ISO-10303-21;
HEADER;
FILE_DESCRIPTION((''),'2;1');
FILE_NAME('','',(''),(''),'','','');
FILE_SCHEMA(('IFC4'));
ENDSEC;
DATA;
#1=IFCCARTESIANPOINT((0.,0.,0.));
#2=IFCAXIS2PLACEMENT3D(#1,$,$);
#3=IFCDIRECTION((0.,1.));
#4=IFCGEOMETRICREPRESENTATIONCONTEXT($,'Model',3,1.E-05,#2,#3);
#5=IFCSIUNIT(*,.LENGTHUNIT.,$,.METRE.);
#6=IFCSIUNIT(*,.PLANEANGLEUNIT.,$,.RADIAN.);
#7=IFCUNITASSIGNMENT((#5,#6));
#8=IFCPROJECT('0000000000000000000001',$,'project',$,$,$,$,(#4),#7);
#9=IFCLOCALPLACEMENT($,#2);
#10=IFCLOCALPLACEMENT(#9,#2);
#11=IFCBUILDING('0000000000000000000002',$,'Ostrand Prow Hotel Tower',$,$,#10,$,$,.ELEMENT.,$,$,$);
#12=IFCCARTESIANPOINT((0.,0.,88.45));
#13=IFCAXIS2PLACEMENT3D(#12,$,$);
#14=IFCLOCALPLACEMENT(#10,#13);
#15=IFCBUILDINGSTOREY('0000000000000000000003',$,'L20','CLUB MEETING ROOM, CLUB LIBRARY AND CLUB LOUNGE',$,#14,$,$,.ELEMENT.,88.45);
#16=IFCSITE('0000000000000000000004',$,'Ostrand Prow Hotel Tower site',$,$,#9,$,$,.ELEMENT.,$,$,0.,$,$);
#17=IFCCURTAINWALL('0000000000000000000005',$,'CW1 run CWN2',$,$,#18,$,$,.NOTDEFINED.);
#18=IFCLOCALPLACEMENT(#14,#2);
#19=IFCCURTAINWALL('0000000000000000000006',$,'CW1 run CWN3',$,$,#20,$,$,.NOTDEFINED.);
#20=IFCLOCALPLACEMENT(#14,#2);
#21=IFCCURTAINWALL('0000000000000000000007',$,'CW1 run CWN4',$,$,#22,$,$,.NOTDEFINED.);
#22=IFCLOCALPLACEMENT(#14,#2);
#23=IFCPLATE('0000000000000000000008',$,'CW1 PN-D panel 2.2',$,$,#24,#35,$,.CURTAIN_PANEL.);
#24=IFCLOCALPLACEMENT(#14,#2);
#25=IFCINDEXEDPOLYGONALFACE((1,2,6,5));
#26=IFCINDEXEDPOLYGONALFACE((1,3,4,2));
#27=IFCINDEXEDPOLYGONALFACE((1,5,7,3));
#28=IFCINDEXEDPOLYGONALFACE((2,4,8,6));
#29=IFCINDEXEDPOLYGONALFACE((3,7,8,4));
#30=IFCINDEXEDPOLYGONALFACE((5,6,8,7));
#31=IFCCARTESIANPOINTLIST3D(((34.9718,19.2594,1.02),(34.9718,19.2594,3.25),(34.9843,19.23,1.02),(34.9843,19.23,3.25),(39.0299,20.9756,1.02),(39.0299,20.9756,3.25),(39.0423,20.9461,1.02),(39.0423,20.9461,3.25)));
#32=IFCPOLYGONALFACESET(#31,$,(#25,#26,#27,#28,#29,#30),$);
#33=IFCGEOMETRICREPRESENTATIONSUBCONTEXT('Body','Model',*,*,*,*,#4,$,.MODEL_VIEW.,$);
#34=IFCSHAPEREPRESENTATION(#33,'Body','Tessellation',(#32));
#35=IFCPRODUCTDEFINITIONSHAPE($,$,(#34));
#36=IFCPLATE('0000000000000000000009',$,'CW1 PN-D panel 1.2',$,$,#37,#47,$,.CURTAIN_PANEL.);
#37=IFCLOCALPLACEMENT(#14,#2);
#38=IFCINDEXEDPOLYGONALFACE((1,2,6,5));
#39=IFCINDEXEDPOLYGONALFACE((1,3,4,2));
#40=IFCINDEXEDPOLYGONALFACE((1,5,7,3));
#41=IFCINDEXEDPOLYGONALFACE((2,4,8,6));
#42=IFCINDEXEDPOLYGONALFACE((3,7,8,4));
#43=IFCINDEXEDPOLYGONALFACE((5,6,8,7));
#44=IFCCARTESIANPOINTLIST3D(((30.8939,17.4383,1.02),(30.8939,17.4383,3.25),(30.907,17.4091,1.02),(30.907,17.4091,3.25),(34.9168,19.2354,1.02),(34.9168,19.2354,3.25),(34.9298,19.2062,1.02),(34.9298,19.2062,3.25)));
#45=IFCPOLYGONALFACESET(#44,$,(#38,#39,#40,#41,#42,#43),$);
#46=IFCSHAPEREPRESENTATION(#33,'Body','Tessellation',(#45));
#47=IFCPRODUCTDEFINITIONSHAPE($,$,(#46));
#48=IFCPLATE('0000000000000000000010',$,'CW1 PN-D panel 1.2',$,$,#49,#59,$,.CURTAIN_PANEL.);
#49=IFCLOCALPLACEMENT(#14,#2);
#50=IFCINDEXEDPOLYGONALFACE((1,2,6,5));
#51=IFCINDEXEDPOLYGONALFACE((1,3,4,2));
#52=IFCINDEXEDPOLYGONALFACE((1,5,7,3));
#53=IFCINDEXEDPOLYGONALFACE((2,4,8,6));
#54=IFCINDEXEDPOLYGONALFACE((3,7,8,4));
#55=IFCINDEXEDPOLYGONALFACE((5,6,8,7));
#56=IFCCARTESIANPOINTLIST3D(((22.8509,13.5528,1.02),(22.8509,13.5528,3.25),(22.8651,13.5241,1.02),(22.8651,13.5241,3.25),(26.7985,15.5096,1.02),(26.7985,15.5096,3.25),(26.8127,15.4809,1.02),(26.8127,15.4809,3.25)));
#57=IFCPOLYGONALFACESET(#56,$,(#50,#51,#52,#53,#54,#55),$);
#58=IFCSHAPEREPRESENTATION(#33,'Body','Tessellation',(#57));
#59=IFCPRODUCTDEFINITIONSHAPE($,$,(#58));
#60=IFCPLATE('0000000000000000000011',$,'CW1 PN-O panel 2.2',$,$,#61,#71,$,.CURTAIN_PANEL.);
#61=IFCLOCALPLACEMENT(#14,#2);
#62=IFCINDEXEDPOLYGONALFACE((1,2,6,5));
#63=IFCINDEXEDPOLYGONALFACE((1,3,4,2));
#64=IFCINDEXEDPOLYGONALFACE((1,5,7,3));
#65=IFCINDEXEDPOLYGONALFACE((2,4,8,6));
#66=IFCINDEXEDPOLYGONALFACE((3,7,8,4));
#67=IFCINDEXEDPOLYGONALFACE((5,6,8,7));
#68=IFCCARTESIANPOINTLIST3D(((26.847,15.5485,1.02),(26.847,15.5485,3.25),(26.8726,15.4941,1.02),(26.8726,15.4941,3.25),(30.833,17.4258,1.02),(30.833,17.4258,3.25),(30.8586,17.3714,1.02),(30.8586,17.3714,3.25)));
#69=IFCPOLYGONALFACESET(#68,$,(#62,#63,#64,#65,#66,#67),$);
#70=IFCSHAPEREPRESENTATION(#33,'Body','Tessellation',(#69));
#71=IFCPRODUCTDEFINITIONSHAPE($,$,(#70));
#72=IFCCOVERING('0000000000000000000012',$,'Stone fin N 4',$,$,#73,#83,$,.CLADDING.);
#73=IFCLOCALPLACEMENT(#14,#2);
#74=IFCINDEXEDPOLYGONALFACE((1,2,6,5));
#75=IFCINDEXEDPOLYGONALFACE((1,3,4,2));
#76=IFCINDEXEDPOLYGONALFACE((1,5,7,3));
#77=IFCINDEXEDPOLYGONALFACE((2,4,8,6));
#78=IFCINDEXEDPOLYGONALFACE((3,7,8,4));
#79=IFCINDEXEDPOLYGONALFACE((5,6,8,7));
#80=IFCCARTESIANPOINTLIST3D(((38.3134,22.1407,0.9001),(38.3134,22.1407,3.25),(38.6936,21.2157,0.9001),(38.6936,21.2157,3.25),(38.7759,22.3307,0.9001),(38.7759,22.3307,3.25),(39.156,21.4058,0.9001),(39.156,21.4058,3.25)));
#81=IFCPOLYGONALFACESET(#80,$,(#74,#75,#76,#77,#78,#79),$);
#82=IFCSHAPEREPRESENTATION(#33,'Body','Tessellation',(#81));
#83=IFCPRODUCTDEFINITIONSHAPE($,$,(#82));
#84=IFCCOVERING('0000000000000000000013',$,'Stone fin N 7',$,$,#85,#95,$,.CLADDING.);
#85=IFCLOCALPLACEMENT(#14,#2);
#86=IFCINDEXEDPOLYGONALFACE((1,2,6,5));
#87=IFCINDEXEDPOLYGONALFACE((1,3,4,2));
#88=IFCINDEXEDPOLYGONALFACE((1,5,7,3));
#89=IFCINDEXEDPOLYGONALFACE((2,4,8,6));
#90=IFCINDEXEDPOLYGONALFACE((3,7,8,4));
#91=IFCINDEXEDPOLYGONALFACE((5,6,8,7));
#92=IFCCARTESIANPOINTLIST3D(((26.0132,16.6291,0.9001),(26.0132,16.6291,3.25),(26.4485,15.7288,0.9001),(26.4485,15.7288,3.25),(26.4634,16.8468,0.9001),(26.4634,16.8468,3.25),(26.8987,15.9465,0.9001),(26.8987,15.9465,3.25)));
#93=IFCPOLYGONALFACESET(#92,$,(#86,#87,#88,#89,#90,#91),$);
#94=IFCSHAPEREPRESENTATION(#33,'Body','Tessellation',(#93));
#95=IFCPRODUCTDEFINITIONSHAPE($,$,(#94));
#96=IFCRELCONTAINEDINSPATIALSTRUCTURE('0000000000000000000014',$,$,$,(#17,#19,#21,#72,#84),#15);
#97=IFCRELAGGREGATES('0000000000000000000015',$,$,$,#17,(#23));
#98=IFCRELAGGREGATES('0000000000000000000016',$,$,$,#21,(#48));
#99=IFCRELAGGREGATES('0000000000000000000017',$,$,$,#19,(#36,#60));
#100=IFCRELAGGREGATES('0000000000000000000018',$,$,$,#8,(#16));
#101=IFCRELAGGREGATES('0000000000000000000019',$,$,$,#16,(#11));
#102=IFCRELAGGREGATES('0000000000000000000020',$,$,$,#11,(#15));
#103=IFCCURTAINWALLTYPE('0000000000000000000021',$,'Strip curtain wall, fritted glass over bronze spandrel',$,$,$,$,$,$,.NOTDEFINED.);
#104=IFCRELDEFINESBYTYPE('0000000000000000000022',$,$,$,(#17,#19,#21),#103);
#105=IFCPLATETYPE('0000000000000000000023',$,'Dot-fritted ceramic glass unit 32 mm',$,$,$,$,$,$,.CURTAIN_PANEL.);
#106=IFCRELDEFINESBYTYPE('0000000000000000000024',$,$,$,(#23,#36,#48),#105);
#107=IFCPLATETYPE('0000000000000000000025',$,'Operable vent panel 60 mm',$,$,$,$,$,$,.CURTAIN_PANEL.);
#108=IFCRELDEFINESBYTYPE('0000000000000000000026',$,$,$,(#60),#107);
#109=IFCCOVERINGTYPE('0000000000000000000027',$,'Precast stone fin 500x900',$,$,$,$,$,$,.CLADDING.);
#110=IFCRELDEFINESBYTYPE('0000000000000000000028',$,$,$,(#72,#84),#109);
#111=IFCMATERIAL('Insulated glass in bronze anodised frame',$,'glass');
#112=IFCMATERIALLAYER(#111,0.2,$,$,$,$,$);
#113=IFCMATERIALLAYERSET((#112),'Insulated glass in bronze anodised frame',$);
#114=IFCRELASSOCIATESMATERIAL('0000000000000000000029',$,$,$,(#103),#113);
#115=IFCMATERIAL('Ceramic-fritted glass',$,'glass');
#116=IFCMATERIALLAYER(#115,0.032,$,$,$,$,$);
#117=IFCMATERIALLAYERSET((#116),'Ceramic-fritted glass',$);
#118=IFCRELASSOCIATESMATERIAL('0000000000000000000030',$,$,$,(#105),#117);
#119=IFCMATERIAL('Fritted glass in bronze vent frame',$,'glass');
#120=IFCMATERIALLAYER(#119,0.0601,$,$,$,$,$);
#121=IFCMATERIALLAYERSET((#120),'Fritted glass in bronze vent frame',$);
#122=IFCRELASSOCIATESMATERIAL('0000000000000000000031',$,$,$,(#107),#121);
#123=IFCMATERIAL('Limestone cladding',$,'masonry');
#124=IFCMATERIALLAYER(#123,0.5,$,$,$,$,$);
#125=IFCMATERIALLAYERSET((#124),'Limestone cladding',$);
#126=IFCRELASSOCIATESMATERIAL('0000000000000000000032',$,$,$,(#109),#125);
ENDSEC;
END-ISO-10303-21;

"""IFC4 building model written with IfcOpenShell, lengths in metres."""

from ifc_helpers import new_model, si_unit, direction, frame, frame_2d, origin, origin_2d, place, context, subcontext, project, spatial, rectangle, extrude, material, layer, layer_set, type_object, element, aggregate, save


model = new_model("IFC4")

# Units and contexts
model_context = context("Model", 3, precision=1e-05, world=origin(), true_north=direction((0.0, 1.0)))
body_context = subcontext(model_context, "Body", "Model", "MODEL_VIEW")
ifc_project = project(units=[si_unit("LENGTHUNIT", "METRE"), si_unit("PLANEANGLEUNIT", "RADIAN")], contexts=[model_context])

# Site, building, storey
site_placement = place(None, origin())
site = spatial("IfcSite", under=ifc_project, at=site_placement, Name="Ostrand Prow Hotel Tower site", CompositionType="ELEMENT", RefElevation=0.0)
building_placement = place(site_placement, origin())
building = spatial("IfcBuilding", under=site, at=building_placement, Name="Ostrand Prow Hotel Tower", CompositionType="ELEMENT")
storey_placement = place(building_placement, frame((0.0, 0.0, 88.45)))
storey = spatial("IfcBuildingStorey", under=building, at=storey_placement, Name="L20", Description="CLUB MEETING ROOM, CLUB LIBRARY AND CLUB LOUNGE", CompositionType="ELEMENT", Elevation=88.45)

# Curtain walls
ifc_material_1 = material(Name="Insulated glass in bronze anodised frame", Category="glass")
ifc_layer_1 = layer(ifc_material_1, 0.2)
ifc_layer_set_1 = layer_set([ifc_layer_1], Name="Insulated glass in bronze anodised frame")
curtain_wall_type = type_object("IfcCurtainWallType", Name="Strip curtain wall, fritted glass over bronze spandrel", PredefinedType="NOTDEFINED", material=ifc_layer_set_1)
curtain_wall_1_placement = place(storey_placement, origin())
curtain_wall_1 = element("IfcCurtainWall", 1, at=curtain_wall_1_placement, inside=storey, type_object=curtain_wall_type, Name="CW1 run CWN2", PredefinedType="NOTDEFINED")
curtain_wall_2_placement = place(storey_placement, origin())
curtain_wall_2 = element("IfcCurtainWall", 2, at=curtain_wall_2_placement, inside=storey, type_object=curtain_wall_type, Name="CW1 run CWN3", PredefinedType="NOTDEFINED")

# Curtain wall
curtain_wall_3_placement = place(storey_placement, origin())
curtain_wall_3 = element("IfcCurtainWall", 3, at=curtain_wall_3_placement, inside=storey, type_object=curtain_wall_type, Name="CW1 run CWN4", PredefinedType="NOTDEFINED")

# Plates
ifc_material_2 = material(Name="Ceramic-fritted glass", Category="glass")
ifc_layer_2 = layer(ifc_material_2, 0.032)
ifc_layer_set_2 = layer_set([ifc_layer_2], Name="Ceramic-fritted glass")
plate_type_1 = type_object("IfcPlateType", Name="Dot-fritted ceramic glass unit 32 mm", PredefinedType="CURTAIN_PANEL", material=ifc_layer_set_2)
plate_1_placement = place(storey_placement, frame((37.0071, 20.1028, 1.02), z_axis=(0.0, 0.0, 1.0), x_axis=(-0.921024, -0.389507, 0.0)))
plate_1 = element("IfcPlate", 4, at=plate_1_placement, type_object=plate_type_1, Name="CW1 PN-D panel 2.2", PredefinedType="CURTAIN_PANEL", context=body_context, shape_type="SweptSolid", body=[
    extrude(rectangle(XDim=4.406, YDim=0.032, at=origin_2d()), origin(), (0.0, 0.0, 1.0), 2.23),
])
aggregate(curtain_wall_1, [plate_1])
plate_2_placement = place(storey_placement, frame((32.9119, 18.3223, 1.02), z_axis=(0.0, 0.0, 1.0), x_axis=(-0.913038, -0.407875, 0.0)))
plate_2 = element("IfcPlate", 5, at=plate_2_placement, type_object=plate_type_1, Name="CW1 PN-D panel 1.2", PredefinedType="CURTAIN_PANEL", context=body_context, shape_type="SweptSolid", body=[
    extrude(rectangle(XDim=4.406, YDim=0.032, at=origin_2d()), origin(), (0.0, 0.0, 1.0), 2.23),
])
plate_3_placement = place(storey_placement, frame((24.8318, 14.5168, 1.02), z_axis=(0.0, 0.0, 1.0), x_axis=(-0.895971, -0.444113, 0.0)))
plate_3 = element("IfcPlate", 6, at=plate_3_placement, type_object=plate_type_1, Name="CW1 PN-D panel 1.2", PredefinedType="CURTAIN_PANEL", context=body_context, shape_type="SweptSolid", body=[
    extrude(rectangle(XDim=4.406, YDim=0.032, at=origin_2d()), origin(), (0.0, 0.0, 1.0), 2.23),
])
aggregate(curtain_wall_3, [plate_3])
ifc_material_3 = material(Name="Fritted glass in bronze vent frame", Category="glass")
ifc_layer_3 = layer(ifc_material_3, 0.0601)
ifc_layer_set_3 = layer_set([ifc_layer_3], Name="Fritted glass in bronze vent frame")
plate_type_2 = type_object("IfcPlateType", Name="Operable vent panel 60 mm", PredefinedType="CURTAIN_PANEL", material=ifc_layer_set_3)
plate_4_placement = place(storey_placement, frame((28.8528, 16.46, 1.02), z_axis=(0.0, 0.0, 1.0), x_axis=(-0.904686, -0.426079, 0.0)))
plate_4 = element("IfcPlate", 7, at=plate_4_placement, type_object=plate_type_2, Name="CW1 PN-O panel 2.2", PredefinedType="CURTAIN_PANEL", context=body_context, shape_type="SweptSolid", body=[
    extrude(rectangle(XDim=4.406, YDim=0.0601, at=origin_2d()), origin(), (0.0, 0.0, 1.0), 2.23),
])
aggregate(curtain_wall_2, [plate_2, plate_4])

# Coverings
ifc_material_4 = material(Name="Limestone cladding", Category="masonry")
ifc_layer_4 = layer(ifc_material_4, 0.5)
ifc_layer_set_4 = layer_set([ifc_layer_4], Name="Limestone cladding")
covering_type = type_object("IfcCoveringType", Name="Precast stone fin 500x900", PredefinedType="CLADDING", material=ifc_layer_set_4)
for number, where, z_axis, x_axis, name in (
    (8, (38.9248, 21.3108, 0.9001), (0.0, 0.0, 1.0), (-0.380173, 0.924916, 0.0), "Stone fin N 4"),
    (9, (26.6736, 15.8376, 0.9001), (0.0, 0.0, 1.0), (-0.435261, 0.900304, 0.0), "Stone fin N 7"),
):
    element("IfcCovering", number, at=place(storey_placement, frame(where, z_axis=z_axis, x_axis=x_axis)), inside=storey, type_object=covering_type, Name=name, PredefinedType="CLADDING", context=body_context, shape_type="SweptSolid", body=[
        extrude(rectangle(XDim=1.0, YDim=0.5, at=frame_2d((0.5, 0.0))), origin(), (0.0, 0.0, 1.0), 2.3499),
    ])

save(model, "model.ifc")
